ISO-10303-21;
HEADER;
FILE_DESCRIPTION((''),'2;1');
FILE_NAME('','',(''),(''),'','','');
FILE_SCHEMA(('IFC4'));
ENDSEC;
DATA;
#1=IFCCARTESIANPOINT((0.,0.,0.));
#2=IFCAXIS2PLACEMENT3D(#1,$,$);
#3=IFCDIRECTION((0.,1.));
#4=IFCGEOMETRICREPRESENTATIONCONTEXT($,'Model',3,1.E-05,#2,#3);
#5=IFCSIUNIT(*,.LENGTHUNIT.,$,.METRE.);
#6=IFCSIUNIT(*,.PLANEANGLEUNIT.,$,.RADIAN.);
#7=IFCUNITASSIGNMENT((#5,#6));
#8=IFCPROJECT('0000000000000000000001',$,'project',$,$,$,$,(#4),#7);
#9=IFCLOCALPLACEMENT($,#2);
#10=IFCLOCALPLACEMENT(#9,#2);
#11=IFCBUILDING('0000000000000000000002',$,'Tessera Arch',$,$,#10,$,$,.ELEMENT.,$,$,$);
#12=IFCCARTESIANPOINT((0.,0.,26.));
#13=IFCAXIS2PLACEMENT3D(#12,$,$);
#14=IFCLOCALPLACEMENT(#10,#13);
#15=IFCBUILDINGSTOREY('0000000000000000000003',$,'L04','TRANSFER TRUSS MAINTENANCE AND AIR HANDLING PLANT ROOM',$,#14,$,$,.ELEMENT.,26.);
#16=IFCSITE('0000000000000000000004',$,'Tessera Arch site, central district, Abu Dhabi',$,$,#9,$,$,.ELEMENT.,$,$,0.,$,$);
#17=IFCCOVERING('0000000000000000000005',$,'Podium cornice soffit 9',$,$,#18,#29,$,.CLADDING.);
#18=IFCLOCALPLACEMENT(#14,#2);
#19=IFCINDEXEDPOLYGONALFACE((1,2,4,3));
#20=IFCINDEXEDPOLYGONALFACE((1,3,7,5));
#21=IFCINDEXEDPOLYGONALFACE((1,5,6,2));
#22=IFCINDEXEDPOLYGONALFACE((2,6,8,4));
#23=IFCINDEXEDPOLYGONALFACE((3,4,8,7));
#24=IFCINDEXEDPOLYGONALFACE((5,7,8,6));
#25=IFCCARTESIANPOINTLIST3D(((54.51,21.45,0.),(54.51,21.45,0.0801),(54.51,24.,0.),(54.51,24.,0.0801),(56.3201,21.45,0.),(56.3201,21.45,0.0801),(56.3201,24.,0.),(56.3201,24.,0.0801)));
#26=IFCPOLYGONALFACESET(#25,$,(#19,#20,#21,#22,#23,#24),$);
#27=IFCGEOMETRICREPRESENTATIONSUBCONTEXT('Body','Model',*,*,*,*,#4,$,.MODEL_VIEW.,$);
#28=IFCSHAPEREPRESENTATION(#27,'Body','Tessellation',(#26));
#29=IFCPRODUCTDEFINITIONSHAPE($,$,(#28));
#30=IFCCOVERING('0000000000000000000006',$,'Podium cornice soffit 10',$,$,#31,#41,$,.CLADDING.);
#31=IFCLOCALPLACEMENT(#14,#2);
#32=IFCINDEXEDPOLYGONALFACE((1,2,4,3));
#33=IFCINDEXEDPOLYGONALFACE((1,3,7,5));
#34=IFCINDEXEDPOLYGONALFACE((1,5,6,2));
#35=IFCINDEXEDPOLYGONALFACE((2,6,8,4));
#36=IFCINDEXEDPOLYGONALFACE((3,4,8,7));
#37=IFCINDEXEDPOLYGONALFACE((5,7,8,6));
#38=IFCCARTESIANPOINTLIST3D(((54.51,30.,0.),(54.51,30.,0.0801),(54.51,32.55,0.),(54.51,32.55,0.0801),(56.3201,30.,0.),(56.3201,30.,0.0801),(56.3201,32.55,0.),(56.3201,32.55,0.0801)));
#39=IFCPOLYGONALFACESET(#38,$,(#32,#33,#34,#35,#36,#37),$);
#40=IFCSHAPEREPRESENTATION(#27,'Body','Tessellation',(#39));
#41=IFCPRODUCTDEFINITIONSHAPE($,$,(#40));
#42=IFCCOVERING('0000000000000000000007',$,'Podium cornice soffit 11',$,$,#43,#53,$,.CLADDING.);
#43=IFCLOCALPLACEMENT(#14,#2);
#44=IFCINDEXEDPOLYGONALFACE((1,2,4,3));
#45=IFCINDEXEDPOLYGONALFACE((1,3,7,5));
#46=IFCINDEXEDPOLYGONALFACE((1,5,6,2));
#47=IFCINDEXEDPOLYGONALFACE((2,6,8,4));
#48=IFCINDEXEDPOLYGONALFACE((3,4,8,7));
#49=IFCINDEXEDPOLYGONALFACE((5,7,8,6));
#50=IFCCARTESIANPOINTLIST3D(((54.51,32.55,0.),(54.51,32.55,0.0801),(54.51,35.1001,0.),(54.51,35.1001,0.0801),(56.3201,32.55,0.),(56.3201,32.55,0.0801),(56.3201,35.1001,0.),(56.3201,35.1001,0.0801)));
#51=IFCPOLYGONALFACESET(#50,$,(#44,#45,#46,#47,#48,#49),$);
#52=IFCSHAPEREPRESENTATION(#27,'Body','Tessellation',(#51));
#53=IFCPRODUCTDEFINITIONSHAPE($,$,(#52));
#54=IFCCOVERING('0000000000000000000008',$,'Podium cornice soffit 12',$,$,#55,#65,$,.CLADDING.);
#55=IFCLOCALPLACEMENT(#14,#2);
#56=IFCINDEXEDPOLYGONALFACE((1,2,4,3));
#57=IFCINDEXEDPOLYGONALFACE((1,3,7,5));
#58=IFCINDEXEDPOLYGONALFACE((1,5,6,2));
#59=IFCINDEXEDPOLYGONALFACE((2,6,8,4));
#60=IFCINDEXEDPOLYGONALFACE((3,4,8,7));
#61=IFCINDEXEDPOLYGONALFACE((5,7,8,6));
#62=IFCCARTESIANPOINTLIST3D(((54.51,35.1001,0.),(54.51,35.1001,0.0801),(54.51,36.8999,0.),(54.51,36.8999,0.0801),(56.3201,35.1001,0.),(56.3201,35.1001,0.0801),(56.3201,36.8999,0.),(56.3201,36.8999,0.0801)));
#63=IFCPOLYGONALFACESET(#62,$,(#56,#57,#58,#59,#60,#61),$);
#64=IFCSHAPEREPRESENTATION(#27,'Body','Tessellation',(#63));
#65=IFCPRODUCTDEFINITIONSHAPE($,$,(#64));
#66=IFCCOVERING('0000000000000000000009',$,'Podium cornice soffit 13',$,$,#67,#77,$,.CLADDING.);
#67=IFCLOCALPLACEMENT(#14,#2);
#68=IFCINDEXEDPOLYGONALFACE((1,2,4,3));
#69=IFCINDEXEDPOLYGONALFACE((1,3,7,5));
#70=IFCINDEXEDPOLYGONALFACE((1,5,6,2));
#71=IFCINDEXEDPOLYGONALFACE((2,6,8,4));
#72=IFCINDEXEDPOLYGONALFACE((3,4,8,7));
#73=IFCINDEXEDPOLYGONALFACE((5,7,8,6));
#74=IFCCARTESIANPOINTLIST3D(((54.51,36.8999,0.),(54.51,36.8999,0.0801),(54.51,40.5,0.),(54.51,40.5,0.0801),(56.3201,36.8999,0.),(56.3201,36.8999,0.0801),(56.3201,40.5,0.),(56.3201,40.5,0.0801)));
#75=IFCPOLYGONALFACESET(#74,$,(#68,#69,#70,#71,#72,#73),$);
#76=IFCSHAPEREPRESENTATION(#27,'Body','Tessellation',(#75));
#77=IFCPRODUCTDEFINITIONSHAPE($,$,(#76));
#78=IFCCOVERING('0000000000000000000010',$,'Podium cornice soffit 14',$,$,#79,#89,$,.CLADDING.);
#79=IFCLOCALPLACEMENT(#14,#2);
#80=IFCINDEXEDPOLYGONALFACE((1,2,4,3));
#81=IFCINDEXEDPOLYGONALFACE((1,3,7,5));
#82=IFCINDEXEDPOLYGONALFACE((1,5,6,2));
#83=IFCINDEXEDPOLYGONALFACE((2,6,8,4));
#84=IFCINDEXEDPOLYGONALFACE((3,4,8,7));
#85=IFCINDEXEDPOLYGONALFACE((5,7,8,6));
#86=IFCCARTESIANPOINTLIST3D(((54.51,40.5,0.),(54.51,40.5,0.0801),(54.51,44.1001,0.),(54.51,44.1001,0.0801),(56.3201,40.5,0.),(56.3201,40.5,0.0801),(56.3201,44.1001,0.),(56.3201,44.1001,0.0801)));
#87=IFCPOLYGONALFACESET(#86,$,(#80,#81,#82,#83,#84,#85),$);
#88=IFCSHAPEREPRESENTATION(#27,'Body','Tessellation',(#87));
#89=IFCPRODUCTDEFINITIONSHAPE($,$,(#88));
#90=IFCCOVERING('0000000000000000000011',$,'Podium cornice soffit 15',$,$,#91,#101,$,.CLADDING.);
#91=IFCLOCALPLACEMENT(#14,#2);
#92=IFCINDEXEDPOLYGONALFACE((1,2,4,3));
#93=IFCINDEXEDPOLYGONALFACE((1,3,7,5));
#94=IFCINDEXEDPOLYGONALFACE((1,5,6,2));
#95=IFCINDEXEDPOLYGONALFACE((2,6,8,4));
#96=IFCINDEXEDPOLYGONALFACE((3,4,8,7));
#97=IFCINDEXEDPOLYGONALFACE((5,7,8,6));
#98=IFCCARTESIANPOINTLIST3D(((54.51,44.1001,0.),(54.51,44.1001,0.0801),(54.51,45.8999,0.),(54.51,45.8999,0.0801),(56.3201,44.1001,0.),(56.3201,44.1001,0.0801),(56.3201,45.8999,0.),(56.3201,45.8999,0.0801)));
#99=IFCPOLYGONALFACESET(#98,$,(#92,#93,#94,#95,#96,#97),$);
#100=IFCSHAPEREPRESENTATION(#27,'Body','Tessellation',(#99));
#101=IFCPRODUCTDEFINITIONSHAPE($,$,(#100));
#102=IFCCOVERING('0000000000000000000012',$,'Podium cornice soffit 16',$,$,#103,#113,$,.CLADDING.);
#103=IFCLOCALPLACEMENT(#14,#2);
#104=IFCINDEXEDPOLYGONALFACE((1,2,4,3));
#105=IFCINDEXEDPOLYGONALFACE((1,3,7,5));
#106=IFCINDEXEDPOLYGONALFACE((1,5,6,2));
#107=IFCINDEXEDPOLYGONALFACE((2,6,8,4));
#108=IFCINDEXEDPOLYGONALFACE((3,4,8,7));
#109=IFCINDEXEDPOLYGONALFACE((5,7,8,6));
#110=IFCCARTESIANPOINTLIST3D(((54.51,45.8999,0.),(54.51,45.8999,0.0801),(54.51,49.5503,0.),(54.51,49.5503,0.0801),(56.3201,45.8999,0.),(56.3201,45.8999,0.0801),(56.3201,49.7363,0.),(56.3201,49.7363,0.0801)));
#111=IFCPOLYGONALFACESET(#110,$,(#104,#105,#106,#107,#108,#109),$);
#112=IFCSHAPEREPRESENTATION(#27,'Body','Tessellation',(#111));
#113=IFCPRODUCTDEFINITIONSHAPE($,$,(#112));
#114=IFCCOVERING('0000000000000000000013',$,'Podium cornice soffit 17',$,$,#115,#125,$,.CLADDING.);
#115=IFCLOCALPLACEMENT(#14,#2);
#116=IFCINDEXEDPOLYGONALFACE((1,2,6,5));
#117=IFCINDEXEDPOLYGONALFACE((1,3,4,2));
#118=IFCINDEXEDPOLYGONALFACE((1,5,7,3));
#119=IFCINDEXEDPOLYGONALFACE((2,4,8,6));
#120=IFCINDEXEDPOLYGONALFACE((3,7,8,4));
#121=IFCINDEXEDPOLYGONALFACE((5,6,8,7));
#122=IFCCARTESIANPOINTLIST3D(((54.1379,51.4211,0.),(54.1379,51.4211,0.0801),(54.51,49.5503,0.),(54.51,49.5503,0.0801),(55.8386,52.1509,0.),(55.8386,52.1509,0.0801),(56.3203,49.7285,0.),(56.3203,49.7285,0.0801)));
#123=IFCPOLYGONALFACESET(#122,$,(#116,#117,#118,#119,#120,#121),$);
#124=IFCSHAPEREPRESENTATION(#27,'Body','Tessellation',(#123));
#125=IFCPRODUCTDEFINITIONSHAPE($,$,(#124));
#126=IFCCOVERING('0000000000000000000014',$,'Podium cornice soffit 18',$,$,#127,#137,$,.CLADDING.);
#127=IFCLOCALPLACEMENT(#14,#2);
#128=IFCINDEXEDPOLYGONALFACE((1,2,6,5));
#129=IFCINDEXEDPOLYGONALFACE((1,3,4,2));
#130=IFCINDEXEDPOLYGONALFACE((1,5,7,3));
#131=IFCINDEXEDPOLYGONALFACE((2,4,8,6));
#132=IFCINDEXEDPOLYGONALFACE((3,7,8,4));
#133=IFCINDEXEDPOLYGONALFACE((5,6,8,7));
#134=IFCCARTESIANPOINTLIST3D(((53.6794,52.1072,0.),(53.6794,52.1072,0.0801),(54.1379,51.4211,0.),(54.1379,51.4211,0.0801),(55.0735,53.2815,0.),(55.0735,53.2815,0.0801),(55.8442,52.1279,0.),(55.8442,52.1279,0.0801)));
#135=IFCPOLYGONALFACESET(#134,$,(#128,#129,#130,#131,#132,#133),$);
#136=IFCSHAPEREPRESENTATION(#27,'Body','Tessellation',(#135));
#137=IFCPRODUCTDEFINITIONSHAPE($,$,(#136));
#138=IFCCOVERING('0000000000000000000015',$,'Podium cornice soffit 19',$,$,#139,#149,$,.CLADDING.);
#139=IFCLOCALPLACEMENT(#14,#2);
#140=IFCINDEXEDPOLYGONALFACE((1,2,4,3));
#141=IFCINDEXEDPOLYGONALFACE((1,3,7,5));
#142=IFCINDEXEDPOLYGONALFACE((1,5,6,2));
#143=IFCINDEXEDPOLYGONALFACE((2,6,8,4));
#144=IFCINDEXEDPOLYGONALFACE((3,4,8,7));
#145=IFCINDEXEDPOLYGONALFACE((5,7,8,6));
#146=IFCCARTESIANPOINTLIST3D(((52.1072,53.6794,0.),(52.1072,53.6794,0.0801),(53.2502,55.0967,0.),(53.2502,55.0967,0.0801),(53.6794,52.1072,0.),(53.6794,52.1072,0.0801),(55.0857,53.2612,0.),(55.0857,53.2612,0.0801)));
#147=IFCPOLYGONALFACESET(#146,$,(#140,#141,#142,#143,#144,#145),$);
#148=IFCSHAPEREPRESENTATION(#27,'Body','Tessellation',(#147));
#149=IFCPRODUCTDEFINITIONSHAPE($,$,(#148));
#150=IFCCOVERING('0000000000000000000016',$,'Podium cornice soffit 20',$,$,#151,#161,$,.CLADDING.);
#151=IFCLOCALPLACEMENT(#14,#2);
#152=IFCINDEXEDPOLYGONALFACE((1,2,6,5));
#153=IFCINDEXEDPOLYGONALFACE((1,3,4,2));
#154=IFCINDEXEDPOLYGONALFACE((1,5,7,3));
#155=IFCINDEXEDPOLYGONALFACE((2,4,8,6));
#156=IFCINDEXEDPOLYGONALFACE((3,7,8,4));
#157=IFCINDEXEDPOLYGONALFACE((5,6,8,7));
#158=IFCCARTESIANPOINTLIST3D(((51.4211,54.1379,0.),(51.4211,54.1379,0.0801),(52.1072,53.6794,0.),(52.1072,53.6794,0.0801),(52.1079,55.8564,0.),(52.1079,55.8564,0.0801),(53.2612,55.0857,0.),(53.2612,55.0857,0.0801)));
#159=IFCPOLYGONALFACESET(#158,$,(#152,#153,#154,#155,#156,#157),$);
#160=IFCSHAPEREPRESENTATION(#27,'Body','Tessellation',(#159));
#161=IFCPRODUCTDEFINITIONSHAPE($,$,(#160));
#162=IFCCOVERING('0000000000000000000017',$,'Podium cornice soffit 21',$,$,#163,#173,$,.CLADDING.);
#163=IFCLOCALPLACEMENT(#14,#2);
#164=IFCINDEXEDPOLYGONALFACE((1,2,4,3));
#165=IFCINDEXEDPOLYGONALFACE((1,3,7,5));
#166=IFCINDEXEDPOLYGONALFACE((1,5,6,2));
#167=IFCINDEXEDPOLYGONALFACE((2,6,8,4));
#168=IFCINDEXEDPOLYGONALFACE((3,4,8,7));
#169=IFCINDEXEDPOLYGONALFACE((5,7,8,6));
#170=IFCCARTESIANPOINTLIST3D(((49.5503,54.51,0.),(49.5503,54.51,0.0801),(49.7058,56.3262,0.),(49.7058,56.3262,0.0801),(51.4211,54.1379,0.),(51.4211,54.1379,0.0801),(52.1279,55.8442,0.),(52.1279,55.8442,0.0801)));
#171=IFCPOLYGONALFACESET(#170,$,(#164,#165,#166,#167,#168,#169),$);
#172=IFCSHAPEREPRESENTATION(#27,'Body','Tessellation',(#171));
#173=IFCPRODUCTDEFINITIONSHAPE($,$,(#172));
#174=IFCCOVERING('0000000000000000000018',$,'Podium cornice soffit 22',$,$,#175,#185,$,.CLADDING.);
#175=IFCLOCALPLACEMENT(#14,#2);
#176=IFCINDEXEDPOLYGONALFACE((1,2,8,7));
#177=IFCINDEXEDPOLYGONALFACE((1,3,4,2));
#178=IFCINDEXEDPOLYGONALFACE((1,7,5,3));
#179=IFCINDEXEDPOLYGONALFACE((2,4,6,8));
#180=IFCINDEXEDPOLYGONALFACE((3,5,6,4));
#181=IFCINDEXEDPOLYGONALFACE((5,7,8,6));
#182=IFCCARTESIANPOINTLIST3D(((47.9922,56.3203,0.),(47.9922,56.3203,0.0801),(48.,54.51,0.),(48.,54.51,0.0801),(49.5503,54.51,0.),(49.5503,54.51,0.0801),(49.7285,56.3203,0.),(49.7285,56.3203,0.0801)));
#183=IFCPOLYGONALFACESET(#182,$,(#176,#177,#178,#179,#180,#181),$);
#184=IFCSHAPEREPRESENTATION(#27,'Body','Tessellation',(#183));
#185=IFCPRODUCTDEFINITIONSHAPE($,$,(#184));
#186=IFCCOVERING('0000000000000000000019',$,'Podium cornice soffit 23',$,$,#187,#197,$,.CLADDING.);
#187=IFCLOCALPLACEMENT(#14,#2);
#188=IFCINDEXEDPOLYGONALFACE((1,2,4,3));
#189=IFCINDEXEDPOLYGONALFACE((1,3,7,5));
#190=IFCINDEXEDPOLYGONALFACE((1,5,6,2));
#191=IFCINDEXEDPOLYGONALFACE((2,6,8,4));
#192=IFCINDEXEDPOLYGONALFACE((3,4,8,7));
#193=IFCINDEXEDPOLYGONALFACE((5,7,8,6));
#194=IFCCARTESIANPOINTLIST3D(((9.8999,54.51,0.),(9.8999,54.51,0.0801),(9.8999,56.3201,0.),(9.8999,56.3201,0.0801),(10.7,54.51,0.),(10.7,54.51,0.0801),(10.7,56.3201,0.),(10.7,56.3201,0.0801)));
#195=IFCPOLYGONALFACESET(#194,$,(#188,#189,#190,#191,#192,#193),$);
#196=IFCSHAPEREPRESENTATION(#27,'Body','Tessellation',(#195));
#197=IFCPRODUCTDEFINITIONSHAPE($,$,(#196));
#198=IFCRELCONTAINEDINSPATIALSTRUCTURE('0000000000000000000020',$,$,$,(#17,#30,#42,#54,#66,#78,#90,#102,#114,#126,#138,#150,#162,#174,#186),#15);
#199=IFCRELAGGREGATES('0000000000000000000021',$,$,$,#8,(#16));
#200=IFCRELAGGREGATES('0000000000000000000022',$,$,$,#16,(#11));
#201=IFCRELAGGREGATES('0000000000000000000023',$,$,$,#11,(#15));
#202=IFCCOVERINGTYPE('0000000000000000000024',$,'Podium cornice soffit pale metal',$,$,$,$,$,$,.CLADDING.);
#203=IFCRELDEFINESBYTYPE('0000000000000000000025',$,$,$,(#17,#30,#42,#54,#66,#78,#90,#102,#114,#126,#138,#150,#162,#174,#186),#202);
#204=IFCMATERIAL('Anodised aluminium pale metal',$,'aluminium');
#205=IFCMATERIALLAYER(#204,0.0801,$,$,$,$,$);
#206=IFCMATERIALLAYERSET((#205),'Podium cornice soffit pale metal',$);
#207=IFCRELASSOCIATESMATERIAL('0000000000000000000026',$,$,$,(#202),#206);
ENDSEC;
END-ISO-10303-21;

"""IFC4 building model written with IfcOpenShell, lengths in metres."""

from ifc_helpers import new_model, si_unit, direction, frame, origin, place, context, subcontext, project, spatial, polyline, outline, extrude, material, layer, layer_set, type_object, element, save


model = new_model("IFC4")

# Units and contexts
model_context = context("Model", 3, precision=1e-05, world=origin(), true_north=direction((0.0, 1.0)))
body_context = subcontext(model_context, "Body", "Model", "MODEL_VIEW")
ifc_project = project(units=[si_unit("LENGTHUNIT", "METRE"), si_unit("PLANEANGLEUNIT", "RADIAN")], contexts=[model_context])

# Site, building, storey
site_placement = place(None, origin())
site = spatial("IfcSite", under=ifc_project, at=site_placement, Name="Tessera Arch site, central district, Abu Dhabi", CompositionType="ELEMENT", RefElevation=0.0)
building_placement = place(site_placement, origin())
building = spatial("IfcBuilding", under=site, at=building_placement, Name="Tessera Arch", CompositionType="ELEMENT")
storey_placement = place(building_placement, frame((0.0, 0.0, 26.0)))
storey = spatial("IfcBuildingStorey", under=building, at=storey_placement, Name="L04", Description="TRANSFER TRUSS MAINTENANCE AND AIR HANDLING PLANT ROOM", CompositionType="ELEMENT", Elevation=26.0)

# Coverings
ifc_material = material(Name="Anodised aluminium pale metal", Category="aluminium")
ifc_layer = layer(ifc_material, 0.0801)
ifc_layer_set = layer_set([ifc_layer], Name="Podium cornice soffit pale metal")
covering_type = type_object("IfcCoveringType", Name="Podium cornice soffit pale metal", PredefinedType="CLADDING", material=ifc_layer_set)
covering_1_placement = place(storey_placement, origin())
element("IfcCovering", 1, at=covering_1_placement, inside=storey, type_object=covering_type, Name="Podium cornice soffit 9", PredefinedType="CLADDING", context=body_context, shape_type="SweptSolid", body=[
    extrude(outline(polyline([(56.3201, 21.45), (56.3201, 24.0), (54.51, 24.0), (54.51, 21.45), (56.3201, 21.45)])), origin(), (0.0, 0.0, 1.0), 0.0801),
])
covering_2_placement = place(storey_placement, origin())
element("IfcCovering", 2, at=covering_2_placement, inside=storey, type_object=covering_type, Name="Podium cornice soffit 10", PredefinedType="CLADDING", context=body_context, shape_type="SweptSolid", body=[
    extrude(outline(polyline([(56.3201, 30.0), (56.3201, 32.55), (54.51, 32.55), (54.51, 30.0), (56.3201, 30.0)])), origin(), (0.0, 0.0, 1.0), 0.0801),
])
covering_3_placement = place(storey_placement, origin())
element("IfcCovering", 3, at=covering_3_placement, inside=storey, type_object=covering_type, Name="Podium cornice soffit 11", PredefinedType="CLADDING", context=body_context, shape_type="SweptSolid", body=[
    extrude(outline(polyline([(56.3201, 32.55), (56.3201, 35.1001), (54.51, 35.1001), (54.51, 32.55), (56.3201, 32.55)])), origin(), (0.0, 0.0, 1.0), 0.0801),
])
covering_4_placement = place(storey_placement, origin())
element("IfcCovering", 4, at=covering_4_placement, inside=storey, type_object=covering_type, Name="Podium cornice soffit 12", PredefinedType="CLADDING", context=body_context, shape_type="SweptSolid", body=[
    extrude(outline(polyline([(56.3201, 35.1001), (56.3201, 36.8999), (54.51, 36.8999), (54.51, 35.1001), (56.3201, 35.1001)])), origin(), (0.0, 0.0, 1.0), 0.0801),
])
covering_5_placement = place(storey_placement, origin())
element("IfcCovering", 5, at=covering_5_placement, inside=storey, type_object=covering_type, Name="Podium cornice soffit 13", PredefinedType="CLADDING", context=body_context, shape_type="SweptSolid", body=[
    extrude(outline(polyline([(56.3201, 36.8999), (56.3201, 40.5), (54.51, 40.5), (54.51, 36.8999), (56.3201, 36.8999)])), origin(), (0.0, 0.0, 1.0), 0.0801),
])
covering_6_placement = place(storey_placement, origin())
element("IfcCovering", 6, at=covering_6_placement, inside=storey, type_object=covering_type, Name="Podium cornice soffit 14", PredefinedType="CLADDING", context=body_context, shape_type="SweptSolid", body=[
    extrude(outline(polyline([(56.3201, 40.5), (56.3201, 44.1001), (54.51, 44.1001), (54.51, 40.5), (56.3201, 40.5)])), origin(), (0.0, 0.0, 1.0), 0.0801),
])
covering_7_placement = place(storey_placement, origin())
element("IfcCovering", 7, at=covering_7_placement, inside=storey, type_object=covering_type, Name="Podium cornice soffit 15", PredefinedType="CLADDING", context=body_context, shape_type="SweptSolid", body=[
    extrude(outline(polyline([(56.3201, 44.1001), (56.3201, 45.8999), (54.51, 45.8999), (54.51, 44.1001), (56.3201, 44.1001)])), origin(), (0.0, 0.0, 1.0), 0.0801),
])
covering_8_placement = place(storey_placement, origin())
element("IfcCovering", 8, at=covering_8_placement, inside=storey, type_object=covering_type, Name="Podium cornice soffit 16", PredefinedType="CLADDING", context=body_context, shape_type="SweptSolid", body=[
    extrude(outline(polyline([(56.3201, 45.8999), (56.3201, 49.7363), (54.51, 49.5503), (54.51, 45.8999), (56.3201, 45.8999)])), origin(), (0.0, 0.0, 1.0), 0.0801),
])
covering_9_placement = place(storey_placement, origin())
element("IfcCovering", 9, at=covering_9_placement, inside=storey, type_object=covering_type, Name="Podium cornice soffit 17", PredefinedType="CLADDING", context=body_context, shape_type="SweptSolid", body=[
    extrude(outline(polyline([(56.3203, 49.7285), (55.8386, 52.1509), (54.1379, 51.4211), (54.51, 49.5503), (56.3203, 49.7285)])), origin(), (0.0, 0.0, 1.0), 0.0801),
])
covering_10_placement = place(storey_placement, origin())
element("IfcCovering", 10, at=covering_10_placement, inside=storey, type_object=covering_type, Name="Podium cornice soffit 18", PredefinedType="CLADDING", context=body_context, shape_type="SweptSolid", body=[
    extrude(outline(polyline([(55.8442, 52.1279), (55.0735, 53.2815), (53.6794, 52.1072), (54.1379, 51.4211), (55.8442, 52.1279)])), origin(), (0.0, 0.0, 1.0), 0.0801),
])
covering_11_placement = place(storey_placement, origin())
element("IfcCovering", 11, at=covering_11_placement, inside=storey, type_object=covering_type, Name="Podium cornice soffit 19", PredefinedType="CLADDING", context=body_context, shape_type="SweptSolid", body=[
    extrude(outline(polyline([(55.0857, 53.2612), (53.2502, 55.0967), (52.1072, 53.6794), (53.6794, 52.1072), (55.0857, 53.2612)])), origin(), (0.0, 0.0, 1.0), 0.0801),
])
covering_12_placement = place(storey_placement, origin())
element("IfcCovering", 12, at=covering_12_placement, inside=storey, type_object=covering_type, Name="Podium cornice soffit 20", PredefinedType="CLADDING", context=body_context, shape_type="SweptSolid", body=[
    extrude(outline(polyline([(53.2612, 55.0857), (52.1079, 55.8564), (51.4211, 54.1379), (52.1072, 53.6794), (53.2612, 55.0857)])), origin(), (0.0, 0.0, 1.0), 0.0801),
])
covering_13_placement = place(storey_placement, origin())
element("IfcCovering", 13, at=covering_13_placement, inside=storey, type_object=covering_type, Name="Podium cornice soffit 21", PredefinedType="CLADDING", context=body_context, shape_type="SweptSolid", body=[
    extrude(outline(polyline([(52.1279, 55.8442), (49.7058, 56.3262), (49.5503, 54.51), (51.4211, 54.1379), (52.1279, 55.8442)])), origin(), (0.0, 0.0, 1.0), 0.0801),
])
covering_14_placement = place(storey_placement, origin())
element("IfcCovering", 14, at=covering_14_placement, inside=storey, type_object=covering_type, Name="Podium cornice soffit 22", PredefinedType="CLADDING", context=body_context, shape_type="SweptSolid", body=[
    extrude(outline(polyline([(49.7285, 56.3203), (47.9922, 56.3203), (48.0, 54.51), (49.5503, 54.51), (49.7285, 56.3203)])), origin(), (0.0, 0.0, 1.0), 0.0801),
])
covering_15_placement = place(storey_placement, origin())
element("IfcCovering", 15, at=covering_15_placement, inside=storey, type_object=covering_type, Name="Podium cornice soffit 23", PredefinedType="CLADDING", context=body_context, shape_type="SweptSolid", body=[
    extrude(outline(polyline([(10.7, 56.3201), (9.8999, 56.3201), (9.8999, 54.51), (10.7, 54.51), (10.7, 56.3201)])), origin(), (0.0, 0.0, 1.0), 0.0801),
])

save(model, "model.ifc")
